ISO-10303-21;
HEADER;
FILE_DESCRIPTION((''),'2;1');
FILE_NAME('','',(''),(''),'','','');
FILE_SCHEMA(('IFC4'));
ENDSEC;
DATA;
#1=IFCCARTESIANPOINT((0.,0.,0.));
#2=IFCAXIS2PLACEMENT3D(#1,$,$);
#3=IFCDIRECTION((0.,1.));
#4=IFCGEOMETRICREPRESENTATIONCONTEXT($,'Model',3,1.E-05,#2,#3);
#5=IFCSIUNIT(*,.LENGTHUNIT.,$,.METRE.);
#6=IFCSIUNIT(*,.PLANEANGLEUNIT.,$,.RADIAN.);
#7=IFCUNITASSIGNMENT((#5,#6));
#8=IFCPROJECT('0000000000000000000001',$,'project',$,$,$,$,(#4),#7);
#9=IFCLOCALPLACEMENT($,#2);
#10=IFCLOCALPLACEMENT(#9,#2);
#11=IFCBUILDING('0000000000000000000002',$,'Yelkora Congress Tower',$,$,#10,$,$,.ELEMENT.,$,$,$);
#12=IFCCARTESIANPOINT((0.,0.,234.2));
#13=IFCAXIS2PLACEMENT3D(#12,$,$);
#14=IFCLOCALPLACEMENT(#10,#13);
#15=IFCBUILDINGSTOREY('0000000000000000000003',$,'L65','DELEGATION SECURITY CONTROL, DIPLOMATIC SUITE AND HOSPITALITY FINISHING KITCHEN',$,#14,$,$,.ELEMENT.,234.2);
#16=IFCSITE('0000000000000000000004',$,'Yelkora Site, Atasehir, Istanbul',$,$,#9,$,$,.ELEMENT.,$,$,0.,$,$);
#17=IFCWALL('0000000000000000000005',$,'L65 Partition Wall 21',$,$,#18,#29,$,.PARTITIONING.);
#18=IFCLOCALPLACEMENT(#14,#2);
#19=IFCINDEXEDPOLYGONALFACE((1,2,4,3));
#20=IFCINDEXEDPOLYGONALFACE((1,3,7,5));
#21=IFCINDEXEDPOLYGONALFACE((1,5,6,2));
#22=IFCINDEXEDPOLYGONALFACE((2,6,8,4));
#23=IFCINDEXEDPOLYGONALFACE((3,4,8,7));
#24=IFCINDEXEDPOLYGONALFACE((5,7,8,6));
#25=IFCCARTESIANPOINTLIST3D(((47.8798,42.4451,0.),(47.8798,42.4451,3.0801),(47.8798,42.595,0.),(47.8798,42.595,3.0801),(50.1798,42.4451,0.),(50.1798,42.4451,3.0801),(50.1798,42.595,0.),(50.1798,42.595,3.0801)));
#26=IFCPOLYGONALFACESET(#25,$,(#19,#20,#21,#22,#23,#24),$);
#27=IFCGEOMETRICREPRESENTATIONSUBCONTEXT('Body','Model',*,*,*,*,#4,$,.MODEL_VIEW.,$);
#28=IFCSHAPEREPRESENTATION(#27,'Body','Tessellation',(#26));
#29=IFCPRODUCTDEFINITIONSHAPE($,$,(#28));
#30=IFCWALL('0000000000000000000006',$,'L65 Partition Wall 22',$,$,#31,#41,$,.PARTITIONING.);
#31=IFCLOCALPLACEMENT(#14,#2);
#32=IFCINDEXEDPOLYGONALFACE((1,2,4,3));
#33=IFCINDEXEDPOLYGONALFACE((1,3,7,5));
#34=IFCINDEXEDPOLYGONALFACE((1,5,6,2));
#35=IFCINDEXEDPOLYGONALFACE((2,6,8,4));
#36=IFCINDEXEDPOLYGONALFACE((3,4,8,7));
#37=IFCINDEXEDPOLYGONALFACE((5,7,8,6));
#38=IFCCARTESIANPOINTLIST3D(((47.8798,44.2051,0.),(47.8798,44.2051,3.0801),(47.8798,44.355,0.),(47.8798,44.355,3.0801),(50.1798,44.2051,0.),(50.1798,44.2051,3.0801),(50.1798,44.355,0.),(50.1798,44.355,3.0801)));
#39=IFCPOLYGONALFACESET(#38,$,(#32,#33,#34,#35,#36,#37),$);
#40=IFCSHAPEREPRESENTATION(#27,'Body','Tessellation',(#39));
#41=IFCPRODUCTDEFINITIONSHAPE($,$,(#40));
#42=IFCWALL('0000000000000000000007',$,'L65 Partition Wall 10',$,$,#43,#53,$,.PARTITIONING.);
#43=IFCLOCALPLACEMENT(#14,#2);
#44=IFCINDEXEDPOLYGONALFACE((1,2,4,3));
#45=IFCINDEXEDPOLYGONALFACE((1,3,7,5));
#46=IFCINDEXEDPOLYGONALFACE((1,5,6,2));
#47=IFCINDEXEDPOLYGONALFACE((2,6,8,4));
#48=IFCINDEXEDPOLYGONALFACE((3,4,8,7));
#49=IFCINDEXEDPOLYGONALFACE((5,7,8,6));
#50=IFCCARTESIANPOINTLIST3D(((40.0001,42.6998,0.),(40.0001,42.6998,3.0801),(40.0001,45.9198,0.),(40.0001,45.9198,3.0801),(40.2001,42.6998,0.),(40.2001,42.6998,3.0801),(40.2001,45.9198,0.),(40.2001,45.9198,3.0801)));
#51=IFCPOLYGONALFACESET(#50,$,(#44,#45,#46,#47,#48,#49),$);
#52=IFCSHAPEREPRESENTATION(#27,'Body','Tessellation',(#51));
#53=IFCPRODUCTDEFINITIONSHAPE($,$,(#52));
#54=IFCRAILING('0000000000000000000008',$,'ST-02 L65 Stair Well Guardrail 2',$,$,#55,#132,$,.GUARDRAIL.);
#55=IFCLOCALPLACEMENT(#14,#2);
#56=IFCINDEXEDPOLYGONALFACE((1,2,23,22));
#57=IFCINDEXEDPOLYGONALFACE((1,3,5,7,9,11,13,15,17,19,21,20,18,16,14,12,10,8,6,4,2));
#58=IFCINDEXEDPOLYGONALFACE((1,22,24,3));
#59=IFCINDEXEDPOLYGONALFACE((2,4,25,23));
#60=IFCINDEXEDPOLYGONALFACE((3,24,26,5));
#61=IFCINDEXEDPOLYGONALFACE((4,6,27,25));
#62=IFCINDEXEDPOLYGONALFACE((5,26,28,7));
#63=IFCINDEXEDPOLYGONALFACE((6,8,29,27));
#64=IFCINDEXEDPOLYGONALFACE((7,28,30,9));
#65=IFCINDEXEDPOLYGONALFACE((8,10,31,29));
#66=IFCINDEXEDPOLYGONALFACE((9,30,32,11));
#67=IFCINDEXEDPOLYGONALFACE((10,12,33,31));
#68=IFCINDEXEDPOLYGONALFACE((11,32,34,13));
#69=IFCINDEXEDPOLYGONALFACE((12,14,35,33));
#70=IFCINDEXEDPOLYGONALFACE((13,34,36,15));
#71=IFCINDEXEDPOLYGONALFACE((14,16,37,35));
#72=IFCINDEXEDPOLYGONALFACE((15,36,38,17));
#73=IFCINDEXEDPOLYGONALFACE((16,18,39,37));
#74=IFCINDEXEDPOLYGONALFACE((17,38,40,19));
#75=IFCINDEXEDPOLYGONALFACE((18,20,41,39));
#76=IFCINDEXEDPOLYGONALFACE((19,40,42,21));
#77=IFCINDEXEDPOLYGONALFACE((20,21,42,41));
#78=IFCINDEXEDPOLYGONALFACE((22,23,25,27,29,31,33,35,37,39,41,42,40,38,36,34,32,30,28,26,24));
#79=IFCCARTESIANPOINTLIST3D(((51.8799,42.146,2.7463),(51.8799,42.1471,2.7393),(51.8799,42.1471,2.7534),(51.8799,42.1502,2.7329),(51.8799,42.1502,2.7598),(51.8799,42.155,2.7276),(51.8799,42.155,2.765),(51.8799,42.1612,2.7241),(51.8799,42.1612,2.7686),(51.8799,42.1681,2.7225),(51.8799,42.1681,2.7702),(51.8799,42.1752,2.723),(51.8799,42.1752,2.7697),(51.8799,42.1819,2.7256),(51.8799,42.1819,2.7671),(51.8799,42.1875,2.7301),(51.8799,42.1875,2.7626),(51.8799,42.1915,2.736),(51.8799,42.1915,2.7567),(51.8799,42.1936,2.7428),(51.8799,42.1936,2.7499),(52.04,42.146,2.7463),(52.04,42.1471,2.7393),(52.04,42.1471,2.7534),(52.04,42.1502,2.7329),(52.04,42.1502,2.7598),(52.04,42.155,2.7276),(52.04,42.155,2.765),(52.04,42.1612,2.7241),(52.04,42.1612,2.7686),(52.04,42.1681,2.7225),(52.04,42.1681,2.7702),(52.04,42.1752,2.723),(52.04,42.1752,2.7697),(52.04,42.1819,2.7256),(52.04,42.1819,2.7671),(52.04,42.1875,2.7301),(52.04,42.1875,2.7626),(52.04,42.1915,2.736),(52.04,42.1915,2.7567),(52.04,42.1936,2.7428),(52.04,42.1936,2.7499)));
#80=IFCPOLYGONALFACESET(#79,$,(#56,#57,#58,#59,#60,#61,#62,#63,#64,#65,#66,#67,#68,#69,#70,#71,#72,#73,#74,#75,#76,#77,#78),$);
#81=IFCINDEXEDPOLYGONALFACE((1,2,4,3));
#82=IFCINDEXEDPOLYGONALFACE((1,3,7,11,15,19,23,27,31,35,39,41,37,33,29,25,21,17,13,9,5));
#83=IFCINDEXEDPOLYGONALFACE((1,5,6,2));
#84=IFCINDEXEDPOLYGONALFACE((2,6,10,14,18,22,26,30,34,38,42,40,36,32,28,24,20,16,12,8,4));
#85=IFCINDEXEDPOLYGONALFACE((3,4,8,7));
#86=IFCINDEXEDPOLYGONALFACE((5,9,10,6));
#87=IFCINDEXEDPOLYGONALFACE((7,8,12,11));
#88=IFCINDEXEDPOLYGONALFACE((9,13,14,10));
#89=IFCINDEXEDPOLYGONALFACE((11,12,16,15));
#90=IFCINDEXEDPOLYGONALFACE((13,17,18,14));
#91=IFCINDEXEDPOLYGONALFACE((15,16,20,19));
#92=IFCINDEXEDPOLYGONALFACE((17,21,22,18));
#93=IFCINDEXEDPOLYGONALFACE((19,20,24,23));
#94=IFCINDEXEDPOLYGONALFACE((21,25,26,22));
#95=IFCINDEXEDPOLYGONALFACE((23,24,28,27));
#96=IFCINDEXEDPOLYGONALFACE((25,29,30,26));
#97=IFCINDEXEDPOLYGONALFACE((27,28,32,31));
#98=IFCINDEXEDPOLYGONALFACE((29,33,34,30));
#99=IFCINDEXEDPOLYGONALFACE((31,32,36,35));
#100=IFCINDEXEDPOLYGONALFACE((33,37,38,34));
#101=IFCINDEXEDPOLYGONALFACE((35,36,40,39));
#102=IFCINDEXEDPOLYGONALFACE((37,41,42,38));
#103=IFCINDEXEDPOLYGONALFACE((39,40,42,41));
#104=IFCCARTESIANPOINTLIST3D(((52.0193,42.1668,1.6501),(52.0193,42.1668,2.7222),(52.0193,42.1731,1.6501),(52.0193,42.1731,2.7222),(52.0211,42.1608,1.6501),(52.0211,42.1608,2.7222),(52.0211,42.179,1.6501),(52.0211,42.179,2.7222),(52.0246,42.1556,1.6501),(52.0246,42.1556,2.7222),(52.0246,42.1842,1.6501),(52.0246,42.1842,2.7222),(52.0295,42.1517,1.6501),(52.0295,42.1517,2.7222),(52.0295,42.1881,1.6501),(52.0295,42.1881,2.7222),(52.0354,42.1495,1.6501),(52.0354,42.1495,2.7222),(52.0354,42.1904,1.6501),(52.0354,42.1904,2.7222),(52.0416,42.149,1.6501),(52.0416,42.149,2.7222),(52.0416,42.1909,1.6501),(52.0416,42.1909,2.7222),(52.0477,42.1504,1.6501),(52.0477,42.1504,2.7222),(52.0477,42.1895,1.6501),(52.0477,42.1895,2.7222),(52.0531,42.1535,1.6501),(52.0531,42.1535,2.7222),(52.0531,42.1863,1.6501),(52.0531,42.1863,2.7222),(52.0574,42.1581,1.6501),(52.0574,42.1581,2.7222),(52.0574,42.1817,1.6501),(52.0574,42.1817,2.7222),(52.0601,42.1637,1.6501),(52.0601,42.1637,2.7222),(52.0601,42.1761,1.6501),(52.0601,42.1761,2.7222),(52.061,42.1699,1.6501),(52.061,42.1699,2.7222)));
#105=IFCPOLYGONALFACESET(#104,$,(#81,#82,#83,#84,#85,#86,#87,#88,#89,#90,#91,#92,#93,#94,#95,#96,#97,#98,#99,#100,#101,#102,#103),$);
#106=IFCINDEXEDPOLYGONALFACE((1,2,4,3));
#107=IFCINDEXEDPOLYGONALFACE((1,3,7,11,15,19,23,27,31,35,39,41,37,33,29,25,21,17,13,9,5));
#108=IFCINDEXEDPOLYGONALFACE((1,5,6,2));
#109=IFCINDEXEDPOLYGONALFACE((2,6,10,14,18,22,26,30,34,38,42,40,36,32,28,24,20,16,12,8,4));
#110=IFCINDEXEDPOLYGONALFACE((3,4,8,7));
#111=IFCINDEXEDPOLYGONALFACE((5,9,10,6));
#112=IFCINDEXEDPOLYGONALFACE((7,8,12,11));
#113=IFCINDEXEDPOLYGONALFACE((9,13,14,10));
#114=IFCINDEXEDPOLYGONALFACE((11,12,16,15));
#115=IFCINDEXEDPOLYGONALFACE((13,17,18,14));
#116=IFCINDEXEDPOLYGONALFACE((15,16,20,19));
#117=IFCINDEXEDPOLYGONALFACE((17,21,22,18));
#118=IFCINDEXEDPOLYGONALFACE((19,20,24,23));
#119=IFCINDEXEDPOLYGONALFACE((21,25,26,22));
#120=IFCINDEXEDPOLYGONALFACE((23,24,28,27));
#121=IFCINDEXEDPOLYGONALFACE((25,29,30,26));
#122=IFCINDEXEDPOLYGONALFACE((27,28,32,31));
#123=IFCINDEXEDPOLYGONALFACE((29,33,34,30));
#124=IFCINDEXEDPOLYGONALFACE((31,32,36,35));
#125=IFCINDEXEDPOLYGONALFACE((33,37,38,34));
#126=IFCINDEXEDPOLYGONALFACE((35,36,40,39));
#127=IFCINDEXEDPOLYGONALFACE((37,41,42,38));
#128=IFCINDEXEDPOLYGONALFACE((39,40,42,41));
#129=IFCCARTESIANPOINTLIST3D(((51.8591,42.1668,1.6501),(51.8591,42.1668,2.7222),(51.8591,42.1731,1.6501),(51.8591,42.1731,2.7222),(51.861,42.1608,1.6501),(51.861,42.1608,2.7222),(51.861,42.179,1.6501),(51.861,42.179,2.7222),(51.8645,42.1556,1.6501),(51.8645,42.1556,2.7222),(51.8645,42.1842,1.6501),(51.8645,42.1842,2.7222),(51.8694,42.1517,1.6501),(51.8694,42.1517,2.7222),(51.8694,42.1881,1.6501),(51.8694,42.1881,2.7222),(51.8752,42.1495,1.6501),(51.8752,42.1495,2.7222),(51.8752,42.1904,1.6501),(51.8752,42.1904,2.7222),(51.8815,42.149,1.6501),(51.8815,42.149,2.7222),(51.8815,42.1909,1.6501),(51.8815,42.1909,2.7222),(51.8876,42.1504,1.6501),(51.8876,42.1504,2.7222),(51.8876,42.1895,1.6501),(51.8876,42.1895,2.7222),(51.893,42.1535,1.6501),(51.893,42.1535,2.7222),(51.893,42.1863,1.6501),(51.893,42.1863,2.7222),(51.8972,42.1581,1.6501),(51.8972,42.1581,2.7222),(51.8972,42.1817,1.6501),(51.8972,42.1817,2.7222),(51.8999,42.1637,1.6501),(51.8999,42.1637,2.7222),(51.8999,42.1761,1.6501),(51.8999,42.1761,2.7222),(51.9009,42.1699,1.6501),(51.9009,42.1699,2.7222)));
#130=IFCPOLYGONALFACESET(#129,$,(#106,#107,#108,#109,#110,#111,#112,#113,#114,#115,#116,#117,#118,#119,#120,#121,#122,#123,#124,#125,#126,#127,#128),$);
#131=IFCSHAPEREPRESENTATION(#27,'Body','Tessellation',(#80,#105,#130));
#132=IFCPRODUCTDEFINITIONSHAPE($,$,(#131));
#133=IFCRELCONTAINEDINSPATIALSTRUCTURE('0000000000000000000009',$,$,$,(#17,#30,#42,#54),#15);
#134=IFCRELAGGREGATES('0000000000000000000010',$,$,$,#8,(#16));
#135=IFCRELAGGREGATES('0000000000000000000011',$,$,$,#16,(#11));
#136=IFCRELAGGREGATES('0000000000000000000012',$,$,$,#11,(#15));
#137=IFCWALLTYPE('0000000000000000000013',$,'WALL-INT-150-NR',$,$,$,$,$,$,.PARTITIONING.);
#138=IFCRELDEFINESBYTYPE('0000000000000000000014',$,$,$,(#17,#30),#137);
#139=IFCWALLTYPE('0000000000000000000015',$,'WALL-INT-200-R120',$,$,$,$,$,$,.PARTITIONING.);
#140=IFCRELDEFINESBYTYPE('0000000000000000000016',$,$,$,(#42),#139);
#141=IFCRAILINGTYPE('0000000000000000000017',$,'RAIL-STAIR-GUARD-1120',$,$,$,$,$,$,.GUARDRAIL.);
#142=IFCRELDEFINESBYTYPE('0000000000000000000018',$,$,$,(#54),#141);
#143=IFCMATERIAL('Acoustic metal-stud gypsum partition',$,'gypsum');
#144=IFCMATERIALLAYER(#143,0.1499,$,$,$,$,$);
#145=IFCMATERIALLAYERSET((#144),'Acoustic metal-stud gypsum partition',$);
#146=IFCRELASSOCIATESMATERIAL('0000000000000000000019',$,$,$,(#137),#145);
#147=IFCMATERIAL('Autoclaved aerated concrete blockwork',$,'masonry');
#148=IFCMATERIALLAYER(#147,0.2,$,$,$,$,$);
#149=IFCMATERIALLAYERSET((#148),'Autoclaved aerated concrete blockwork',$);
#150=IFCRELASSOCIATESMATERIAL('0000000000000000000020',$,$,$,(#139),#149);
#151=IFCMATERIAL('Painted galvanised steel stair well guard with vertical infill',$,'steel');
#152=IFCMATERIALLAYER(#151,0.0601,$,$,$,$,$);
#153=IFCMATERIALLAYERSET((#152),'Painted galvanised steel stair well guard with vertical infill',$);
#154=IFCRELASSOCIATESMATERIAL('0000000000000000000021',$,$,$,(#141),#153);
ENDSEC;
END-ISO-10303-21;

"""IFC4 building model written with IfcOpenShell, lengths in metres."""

from ifc_helpers import new_model, si_unit, direction, frame, frame_2d, origin, origin_2d, place, context, subcontext, project, spatial, rectangle, circle, extrude, material, layer, layer_set, type_object, element, save


model = new_model("IFC4")

# Units and contexts
model_context = context("Model", 3, precision=1e-05, world=origin(), true_north=direction((0.0, 1.0)))
body_context = subcontext(model_context, "Body", "Model", "MODEL_VIEW")
ifc_project = project(units=[si_unit("LENGTHUNIT", "METRE"), si_unit("PLANEANGLEUNIT", "RADIAN")], contexts=[model_context])

# Site, building, storey
site_placement = place(None, origin())
site = spatial("IfcSite", under=ifc_project, at=site_placement, Name="Yelkora Site, Atasehir, Istanbul", CompositionType="ELEMENT", RefElevation=0.0)
building_placement = place(site_placement, origin())
building = spatial("IfcBuilding", under=site, at=building_placement, Name="Yelkora Congress Tower", CompositionType="ELEMENT")
storey_placement = place(building_placement, frame((0.0, 0.0, 234.2)))
storey = spatial("IfcBuildingStorey", under=building, at=storey_placement, Name="L65", Description="DELEGATION SECURITY CONTROL, DIPLOMATIC SUITE AND HOSPITALITY FINISHING KITCHEN", CompositionType="ELEMENT", Elevation=234.2)

# Walls
ifc_material_1 = material(Name="Acoustic metal-stud gypsum partition", Category="gypsum")
ifc_layer_1 = layer(ifc_material_1, 0.1499)
ifc_layer_set_1 = layer_set([ifc_layer_1], Name="Acoustic metal-stud gypsum partition")
wall_type_1 = type_object("IfcWallType", Name="WALL-INT-150-NR", PredefinedType="PARTITIONING", material=ifc_layer_set_1)
for number, where, z_axis, x_axis, name in (
    (1, (47.8799, 42.52, 0.0), (0.0, 0.0, 1.0), (1.0, 0.0, 0.0), "L65 Partition Wall 21"),
    (2, (47.8799, 44.28, 0.0), (0.0, 0.0, 1.0), (1.0, 0.0, 0.0), "L65 Partition Wall 22"),
):
    element("IfcWall", number, at=place(storey_placement, frame(where, z_axis=z_axis, x_axis=x_axis)), inside=storey, type_object=wall_type_1, Name=name, PredefinedType="PARTITIONING", context=body_context, shape_type="SweptSolid", body=[
        extrude(rectangle(XDim=2.3, YDim=0.1499, at=frame_2d((1.1499, 0.0))), origin(), (0.0, 0.0, 1.0), 3.0801),
    ])
ifc_material_2 = material(Name="Autoclaved aerated concrete blockwork", Category="masonry")
ifc_layer_2 = layer(ifc_material_2, 0.2)
ifc_layer_set_2 = layer_set([ifc_layer_2], Name="Autoclaved aerated concrete blockwork")
wall_type_2 = type_object("IfcWallType", Name="WALL-INT-200-R120", PredefinedType="PARTITIONING", material=ifc_layer_set_2)
wall_placement = place(storey_placement, frame((40.1001, 42.7, 0.0), z_axis=(0.0, 0.0, 1.0), x_axis=(0.0, 1.0, 0.0)))
element("IfcWall", 3, at=wall_placement, inside=storey, type_object=wall_type_2, Name="L65 Partition Wall 10", PredefinedType="PARTITIONING", context=body_context, shape_type="SweptSolid", body=[
    extrude(rectangle(XDim=3.22, YDim=0.2, at=frame_2d((1.6099, 0.0))), origin(), (0.0, 0.0, 1.0), 3.0801),
])

# Railing
ifc_material_3 = material(Name="Painted galvanised steel stair well guard with vertical infill", Category="steel")
ifc_layer_3 = layer(ifc_material_3, 0.0601)
ifc_layer_set_3 = layer_set([ifc_layer_3], Name="Painted galvanised steel stair well guard with vertical infill")
railing_type = type_object("IfcRailingType", Name="RAIL-STAIR-GUARD-1120", PredefinedType="GUARDRAIL", material=ifc_layer_set_3)
railing_1_placement = place(storey_placement, frame((52.04, 42.1699, 1.6501)))
element("IfcRailing", 4, at=railing_1_placement, inside=storey, type_object=railing_type, Name="ST-02 L65 Stair Well Guardrail 2", PredefinedType="GUARDRAIL", context=body_context, shape_type="SweptSolid", body=[
    extrude(circle(Radius=0.0239, at=origin_2d()), frame((0.0, 0.0, 1.0962), z_axis=(-1.0, 0.0, 0.0), x_axis=(0.0, -1.0, 0.0)), (0.0, 0.0, 1.0), 0.1602),
    extrude(circle(Radius=0.021, at=origin_2d()), origin(), (0.0, 0.0, 1.0), 1.072),
    extrude(circle(Radius=0.021, at=origin_2d()), frame((-0.1602, 0.0, 0.0)), (0.0, 0.0, 1.0), 1.072),
])

save(model, "model.ifc")
